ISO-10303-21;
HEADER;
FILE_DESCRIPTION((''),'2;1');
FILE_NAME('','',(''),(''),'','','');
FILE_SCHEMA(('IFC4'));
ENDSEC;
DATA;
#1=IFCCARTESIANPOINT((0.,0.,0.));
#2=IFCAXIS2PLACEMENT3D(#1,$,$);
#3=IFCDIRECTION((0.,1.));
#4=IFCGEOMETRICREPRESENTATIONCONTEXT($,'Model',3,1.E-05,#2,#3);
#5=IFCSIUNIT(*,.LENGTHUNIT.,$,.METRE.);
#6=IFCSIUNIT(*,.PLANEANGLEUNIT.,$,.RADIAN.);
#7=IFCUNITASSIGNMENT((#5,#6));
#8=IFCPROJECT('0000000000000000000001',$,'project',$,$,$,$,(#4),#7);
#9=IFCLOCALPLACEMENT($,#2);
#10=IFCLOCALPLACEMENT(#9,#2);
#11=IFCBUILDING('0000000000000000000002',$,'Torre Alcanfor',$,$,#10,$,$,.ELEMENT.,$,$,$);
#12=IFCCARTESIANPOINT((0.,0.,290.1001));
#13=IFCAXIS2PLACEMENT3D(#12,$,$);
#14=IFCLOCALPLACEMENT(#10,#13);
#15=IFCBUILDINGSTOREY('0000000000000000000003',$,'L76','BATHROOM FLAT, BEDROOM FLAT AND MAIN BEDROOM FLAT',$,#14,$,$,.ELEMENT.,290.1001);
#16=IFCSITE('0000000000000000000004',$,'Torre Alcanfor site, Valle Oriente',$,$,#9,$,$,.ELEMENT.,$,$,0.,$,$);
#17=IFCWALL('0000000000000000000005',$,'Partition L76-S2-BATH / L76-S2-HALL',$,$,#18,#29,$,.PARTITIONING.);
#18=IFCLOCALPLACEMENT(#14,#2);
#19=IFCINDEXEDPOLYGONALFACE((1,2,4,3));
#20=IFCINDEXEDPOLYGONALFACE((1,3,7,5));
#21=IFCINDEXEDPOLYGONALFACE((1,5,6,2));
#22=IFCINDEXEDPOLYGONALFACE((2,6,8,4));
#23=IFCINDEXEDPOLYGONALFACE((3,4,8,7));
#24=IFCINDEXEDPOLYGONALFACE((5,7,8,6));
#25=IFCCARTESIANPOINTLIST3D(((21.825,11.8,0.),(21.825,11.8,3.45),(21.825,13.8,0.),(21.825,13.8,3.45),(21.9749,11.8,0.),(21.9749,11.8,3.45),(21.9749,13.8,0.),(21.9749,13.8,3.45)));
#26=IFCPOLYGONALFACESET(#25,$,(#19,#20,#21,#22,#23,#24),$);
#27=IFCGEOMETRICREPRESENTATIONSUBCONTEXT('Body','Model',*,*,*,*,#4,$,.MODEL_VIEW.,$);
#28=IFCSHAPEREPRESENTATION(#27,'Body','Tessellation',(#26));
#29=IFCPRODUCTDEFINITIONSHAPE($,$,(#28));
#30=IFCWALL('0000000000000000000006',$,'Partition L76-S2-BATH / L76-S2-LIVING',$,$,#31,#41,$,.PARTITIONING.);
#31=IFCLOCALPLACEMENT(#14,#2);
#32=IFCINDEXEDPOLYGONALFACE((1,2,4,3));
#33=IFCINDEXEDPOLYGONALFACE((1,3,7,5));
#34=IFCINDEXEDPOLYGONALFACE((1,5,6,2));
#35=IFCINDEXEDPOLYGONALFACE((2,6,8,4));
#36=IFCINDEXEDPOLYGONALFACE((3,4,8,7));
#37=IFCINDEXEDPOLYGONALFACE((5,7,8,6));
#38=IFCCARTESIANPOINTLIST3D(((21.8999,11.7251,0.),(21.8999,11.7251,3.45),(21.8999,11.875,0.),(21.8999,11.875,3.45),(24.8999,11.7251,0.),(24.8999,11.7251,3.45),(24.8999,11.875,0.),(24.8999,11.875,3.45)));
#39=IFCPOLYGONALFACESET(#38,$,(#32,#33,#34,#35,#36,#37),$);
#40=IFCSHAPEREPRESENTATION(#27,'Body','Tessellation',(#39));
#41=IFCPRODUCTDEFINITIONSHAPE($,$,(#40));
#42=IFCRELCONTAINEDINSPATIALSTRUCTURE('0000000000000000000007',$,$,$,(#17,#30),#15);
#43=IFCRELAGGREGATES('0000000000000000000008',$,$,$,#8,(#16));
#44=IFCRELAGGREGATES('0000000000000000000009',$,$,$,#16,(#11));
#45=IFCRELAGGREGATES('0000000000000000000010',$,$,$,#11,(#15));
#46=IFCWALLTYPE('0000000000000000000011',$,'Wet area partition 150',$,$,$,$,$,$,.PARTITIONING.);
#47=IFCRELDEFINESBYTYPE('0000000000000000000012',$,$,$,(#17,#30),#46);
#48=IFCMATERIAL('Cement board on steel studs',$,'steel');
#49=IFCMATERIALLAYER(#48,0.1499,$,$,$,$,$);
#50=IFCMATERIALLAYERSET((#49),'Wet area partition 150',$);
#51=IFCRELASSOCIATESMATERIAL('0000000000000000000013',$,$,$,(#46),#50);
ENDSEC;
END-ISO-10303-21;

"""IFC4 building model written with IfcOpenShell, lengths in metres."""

from ifc_helpers import new_model, si_unit, direction, frame, frame_2d, origin, place, context, subcontext, project, spatial, rectangle, extrude, material, layer, layer_set, type_object, element, save


model = new_model("IFC4")

# Units and contexts
model_context = context("Model", 3, precision=1e-05, world=origin(), true_north=direction((0.0, 1.0)))
body_context = subcontext(model_context, "Body", "Model", "MODEL_VIEW")
ifc_project = project(units=[si_unit("LENGTHUNIT", "METRE"), si_unit("PLANEANGLEUNIT", "RADIAN")], contexts=[model_context])

# Site, building, storey
site_placement = place(None, origin())
site = spatial("IfcSite", under=ifc_project, at=site_placement, Name="Torre Alcanfor site, Valle Oriente", CompositionType="ELEMENT", RefElevation=0.0)
building_placement = place(site_placement, origin())
building = spatial("IfcBuilding", under=site, at=building_placement, Name="Torre Alcanfor", CompositionType="ELEMENT")
storey_placement = place(building_placement, frame((0.0, 0.0, 290.1001)))
storey = spatial("IfcBuildingStorey", under=building, at=storey_placement, Name="L76", Description="BATHROOM FLAT, BEDROOM FLAT AND MAIN BEDROOM FLAT", CompositionType="ELEMENT", Elevation=290.1001)

# Walls
ifc_material_1 = material(Name="Cement board on steel studs", Category="steel")
ifc_layer_1 = layer(ifc_material_1, 0.1499)
ifc_layer_set_1 = layer_set([ifc_layer_1], Name="Wet area partition 150")
wall_type_1 = type_object("IfcWallType", Name="Wet area partition 150", PredefinedType="PARTITIONING", material=ifc_layer_set_1)
for number, where, z_axis, x_axis, name in (
    (1, (21.8999, 11.8, 0.0), (0.0, 0.0, 1.0), (0.0, 1.0, 0.0), "Partition L76-S2-BATH / L76-S2-HALL"),
):
    element("IfcWall", number, at=place(storey_placement, frame(where, z_axis=z_axis, x_axis=x_axis)), inside=storey, type_object=wall_type_1, Name=name, PredefinedType="PARTITIONING", context=body_context, shape_type="SweptSolid", body=[
        extrude(rectangle(XDim=2.0, YDim=0.1499, at=frame_2d((1.0, 0.0))), origin(), (0.0, 0.0, 1.0), 3.45),
    ])
wall_1_placement = place(storey_placement, frame((24.8999, 11.8, 0.0), z_axis=(0.0, 0.0, 1.0), x_axis=(-1.0, 0.0, 0.0)))
element("IfcWall", 2, at=wall_1_placement, inside=storey, type_object=wall_type_1, Name="Partition L76-S2-BATH / L76-S2-LIVING", PredefinedType="PARTITIONING", context=body_context, shape_type="SweptSolid", body=[
    extrude(rectangle(XDim=3.0, YDim=0.1499, at=frame_2d((1.5, 0.0))), origin(), (0.0, 0.0, 1.0), 3.45),
])

save(model, "model.ifc")
